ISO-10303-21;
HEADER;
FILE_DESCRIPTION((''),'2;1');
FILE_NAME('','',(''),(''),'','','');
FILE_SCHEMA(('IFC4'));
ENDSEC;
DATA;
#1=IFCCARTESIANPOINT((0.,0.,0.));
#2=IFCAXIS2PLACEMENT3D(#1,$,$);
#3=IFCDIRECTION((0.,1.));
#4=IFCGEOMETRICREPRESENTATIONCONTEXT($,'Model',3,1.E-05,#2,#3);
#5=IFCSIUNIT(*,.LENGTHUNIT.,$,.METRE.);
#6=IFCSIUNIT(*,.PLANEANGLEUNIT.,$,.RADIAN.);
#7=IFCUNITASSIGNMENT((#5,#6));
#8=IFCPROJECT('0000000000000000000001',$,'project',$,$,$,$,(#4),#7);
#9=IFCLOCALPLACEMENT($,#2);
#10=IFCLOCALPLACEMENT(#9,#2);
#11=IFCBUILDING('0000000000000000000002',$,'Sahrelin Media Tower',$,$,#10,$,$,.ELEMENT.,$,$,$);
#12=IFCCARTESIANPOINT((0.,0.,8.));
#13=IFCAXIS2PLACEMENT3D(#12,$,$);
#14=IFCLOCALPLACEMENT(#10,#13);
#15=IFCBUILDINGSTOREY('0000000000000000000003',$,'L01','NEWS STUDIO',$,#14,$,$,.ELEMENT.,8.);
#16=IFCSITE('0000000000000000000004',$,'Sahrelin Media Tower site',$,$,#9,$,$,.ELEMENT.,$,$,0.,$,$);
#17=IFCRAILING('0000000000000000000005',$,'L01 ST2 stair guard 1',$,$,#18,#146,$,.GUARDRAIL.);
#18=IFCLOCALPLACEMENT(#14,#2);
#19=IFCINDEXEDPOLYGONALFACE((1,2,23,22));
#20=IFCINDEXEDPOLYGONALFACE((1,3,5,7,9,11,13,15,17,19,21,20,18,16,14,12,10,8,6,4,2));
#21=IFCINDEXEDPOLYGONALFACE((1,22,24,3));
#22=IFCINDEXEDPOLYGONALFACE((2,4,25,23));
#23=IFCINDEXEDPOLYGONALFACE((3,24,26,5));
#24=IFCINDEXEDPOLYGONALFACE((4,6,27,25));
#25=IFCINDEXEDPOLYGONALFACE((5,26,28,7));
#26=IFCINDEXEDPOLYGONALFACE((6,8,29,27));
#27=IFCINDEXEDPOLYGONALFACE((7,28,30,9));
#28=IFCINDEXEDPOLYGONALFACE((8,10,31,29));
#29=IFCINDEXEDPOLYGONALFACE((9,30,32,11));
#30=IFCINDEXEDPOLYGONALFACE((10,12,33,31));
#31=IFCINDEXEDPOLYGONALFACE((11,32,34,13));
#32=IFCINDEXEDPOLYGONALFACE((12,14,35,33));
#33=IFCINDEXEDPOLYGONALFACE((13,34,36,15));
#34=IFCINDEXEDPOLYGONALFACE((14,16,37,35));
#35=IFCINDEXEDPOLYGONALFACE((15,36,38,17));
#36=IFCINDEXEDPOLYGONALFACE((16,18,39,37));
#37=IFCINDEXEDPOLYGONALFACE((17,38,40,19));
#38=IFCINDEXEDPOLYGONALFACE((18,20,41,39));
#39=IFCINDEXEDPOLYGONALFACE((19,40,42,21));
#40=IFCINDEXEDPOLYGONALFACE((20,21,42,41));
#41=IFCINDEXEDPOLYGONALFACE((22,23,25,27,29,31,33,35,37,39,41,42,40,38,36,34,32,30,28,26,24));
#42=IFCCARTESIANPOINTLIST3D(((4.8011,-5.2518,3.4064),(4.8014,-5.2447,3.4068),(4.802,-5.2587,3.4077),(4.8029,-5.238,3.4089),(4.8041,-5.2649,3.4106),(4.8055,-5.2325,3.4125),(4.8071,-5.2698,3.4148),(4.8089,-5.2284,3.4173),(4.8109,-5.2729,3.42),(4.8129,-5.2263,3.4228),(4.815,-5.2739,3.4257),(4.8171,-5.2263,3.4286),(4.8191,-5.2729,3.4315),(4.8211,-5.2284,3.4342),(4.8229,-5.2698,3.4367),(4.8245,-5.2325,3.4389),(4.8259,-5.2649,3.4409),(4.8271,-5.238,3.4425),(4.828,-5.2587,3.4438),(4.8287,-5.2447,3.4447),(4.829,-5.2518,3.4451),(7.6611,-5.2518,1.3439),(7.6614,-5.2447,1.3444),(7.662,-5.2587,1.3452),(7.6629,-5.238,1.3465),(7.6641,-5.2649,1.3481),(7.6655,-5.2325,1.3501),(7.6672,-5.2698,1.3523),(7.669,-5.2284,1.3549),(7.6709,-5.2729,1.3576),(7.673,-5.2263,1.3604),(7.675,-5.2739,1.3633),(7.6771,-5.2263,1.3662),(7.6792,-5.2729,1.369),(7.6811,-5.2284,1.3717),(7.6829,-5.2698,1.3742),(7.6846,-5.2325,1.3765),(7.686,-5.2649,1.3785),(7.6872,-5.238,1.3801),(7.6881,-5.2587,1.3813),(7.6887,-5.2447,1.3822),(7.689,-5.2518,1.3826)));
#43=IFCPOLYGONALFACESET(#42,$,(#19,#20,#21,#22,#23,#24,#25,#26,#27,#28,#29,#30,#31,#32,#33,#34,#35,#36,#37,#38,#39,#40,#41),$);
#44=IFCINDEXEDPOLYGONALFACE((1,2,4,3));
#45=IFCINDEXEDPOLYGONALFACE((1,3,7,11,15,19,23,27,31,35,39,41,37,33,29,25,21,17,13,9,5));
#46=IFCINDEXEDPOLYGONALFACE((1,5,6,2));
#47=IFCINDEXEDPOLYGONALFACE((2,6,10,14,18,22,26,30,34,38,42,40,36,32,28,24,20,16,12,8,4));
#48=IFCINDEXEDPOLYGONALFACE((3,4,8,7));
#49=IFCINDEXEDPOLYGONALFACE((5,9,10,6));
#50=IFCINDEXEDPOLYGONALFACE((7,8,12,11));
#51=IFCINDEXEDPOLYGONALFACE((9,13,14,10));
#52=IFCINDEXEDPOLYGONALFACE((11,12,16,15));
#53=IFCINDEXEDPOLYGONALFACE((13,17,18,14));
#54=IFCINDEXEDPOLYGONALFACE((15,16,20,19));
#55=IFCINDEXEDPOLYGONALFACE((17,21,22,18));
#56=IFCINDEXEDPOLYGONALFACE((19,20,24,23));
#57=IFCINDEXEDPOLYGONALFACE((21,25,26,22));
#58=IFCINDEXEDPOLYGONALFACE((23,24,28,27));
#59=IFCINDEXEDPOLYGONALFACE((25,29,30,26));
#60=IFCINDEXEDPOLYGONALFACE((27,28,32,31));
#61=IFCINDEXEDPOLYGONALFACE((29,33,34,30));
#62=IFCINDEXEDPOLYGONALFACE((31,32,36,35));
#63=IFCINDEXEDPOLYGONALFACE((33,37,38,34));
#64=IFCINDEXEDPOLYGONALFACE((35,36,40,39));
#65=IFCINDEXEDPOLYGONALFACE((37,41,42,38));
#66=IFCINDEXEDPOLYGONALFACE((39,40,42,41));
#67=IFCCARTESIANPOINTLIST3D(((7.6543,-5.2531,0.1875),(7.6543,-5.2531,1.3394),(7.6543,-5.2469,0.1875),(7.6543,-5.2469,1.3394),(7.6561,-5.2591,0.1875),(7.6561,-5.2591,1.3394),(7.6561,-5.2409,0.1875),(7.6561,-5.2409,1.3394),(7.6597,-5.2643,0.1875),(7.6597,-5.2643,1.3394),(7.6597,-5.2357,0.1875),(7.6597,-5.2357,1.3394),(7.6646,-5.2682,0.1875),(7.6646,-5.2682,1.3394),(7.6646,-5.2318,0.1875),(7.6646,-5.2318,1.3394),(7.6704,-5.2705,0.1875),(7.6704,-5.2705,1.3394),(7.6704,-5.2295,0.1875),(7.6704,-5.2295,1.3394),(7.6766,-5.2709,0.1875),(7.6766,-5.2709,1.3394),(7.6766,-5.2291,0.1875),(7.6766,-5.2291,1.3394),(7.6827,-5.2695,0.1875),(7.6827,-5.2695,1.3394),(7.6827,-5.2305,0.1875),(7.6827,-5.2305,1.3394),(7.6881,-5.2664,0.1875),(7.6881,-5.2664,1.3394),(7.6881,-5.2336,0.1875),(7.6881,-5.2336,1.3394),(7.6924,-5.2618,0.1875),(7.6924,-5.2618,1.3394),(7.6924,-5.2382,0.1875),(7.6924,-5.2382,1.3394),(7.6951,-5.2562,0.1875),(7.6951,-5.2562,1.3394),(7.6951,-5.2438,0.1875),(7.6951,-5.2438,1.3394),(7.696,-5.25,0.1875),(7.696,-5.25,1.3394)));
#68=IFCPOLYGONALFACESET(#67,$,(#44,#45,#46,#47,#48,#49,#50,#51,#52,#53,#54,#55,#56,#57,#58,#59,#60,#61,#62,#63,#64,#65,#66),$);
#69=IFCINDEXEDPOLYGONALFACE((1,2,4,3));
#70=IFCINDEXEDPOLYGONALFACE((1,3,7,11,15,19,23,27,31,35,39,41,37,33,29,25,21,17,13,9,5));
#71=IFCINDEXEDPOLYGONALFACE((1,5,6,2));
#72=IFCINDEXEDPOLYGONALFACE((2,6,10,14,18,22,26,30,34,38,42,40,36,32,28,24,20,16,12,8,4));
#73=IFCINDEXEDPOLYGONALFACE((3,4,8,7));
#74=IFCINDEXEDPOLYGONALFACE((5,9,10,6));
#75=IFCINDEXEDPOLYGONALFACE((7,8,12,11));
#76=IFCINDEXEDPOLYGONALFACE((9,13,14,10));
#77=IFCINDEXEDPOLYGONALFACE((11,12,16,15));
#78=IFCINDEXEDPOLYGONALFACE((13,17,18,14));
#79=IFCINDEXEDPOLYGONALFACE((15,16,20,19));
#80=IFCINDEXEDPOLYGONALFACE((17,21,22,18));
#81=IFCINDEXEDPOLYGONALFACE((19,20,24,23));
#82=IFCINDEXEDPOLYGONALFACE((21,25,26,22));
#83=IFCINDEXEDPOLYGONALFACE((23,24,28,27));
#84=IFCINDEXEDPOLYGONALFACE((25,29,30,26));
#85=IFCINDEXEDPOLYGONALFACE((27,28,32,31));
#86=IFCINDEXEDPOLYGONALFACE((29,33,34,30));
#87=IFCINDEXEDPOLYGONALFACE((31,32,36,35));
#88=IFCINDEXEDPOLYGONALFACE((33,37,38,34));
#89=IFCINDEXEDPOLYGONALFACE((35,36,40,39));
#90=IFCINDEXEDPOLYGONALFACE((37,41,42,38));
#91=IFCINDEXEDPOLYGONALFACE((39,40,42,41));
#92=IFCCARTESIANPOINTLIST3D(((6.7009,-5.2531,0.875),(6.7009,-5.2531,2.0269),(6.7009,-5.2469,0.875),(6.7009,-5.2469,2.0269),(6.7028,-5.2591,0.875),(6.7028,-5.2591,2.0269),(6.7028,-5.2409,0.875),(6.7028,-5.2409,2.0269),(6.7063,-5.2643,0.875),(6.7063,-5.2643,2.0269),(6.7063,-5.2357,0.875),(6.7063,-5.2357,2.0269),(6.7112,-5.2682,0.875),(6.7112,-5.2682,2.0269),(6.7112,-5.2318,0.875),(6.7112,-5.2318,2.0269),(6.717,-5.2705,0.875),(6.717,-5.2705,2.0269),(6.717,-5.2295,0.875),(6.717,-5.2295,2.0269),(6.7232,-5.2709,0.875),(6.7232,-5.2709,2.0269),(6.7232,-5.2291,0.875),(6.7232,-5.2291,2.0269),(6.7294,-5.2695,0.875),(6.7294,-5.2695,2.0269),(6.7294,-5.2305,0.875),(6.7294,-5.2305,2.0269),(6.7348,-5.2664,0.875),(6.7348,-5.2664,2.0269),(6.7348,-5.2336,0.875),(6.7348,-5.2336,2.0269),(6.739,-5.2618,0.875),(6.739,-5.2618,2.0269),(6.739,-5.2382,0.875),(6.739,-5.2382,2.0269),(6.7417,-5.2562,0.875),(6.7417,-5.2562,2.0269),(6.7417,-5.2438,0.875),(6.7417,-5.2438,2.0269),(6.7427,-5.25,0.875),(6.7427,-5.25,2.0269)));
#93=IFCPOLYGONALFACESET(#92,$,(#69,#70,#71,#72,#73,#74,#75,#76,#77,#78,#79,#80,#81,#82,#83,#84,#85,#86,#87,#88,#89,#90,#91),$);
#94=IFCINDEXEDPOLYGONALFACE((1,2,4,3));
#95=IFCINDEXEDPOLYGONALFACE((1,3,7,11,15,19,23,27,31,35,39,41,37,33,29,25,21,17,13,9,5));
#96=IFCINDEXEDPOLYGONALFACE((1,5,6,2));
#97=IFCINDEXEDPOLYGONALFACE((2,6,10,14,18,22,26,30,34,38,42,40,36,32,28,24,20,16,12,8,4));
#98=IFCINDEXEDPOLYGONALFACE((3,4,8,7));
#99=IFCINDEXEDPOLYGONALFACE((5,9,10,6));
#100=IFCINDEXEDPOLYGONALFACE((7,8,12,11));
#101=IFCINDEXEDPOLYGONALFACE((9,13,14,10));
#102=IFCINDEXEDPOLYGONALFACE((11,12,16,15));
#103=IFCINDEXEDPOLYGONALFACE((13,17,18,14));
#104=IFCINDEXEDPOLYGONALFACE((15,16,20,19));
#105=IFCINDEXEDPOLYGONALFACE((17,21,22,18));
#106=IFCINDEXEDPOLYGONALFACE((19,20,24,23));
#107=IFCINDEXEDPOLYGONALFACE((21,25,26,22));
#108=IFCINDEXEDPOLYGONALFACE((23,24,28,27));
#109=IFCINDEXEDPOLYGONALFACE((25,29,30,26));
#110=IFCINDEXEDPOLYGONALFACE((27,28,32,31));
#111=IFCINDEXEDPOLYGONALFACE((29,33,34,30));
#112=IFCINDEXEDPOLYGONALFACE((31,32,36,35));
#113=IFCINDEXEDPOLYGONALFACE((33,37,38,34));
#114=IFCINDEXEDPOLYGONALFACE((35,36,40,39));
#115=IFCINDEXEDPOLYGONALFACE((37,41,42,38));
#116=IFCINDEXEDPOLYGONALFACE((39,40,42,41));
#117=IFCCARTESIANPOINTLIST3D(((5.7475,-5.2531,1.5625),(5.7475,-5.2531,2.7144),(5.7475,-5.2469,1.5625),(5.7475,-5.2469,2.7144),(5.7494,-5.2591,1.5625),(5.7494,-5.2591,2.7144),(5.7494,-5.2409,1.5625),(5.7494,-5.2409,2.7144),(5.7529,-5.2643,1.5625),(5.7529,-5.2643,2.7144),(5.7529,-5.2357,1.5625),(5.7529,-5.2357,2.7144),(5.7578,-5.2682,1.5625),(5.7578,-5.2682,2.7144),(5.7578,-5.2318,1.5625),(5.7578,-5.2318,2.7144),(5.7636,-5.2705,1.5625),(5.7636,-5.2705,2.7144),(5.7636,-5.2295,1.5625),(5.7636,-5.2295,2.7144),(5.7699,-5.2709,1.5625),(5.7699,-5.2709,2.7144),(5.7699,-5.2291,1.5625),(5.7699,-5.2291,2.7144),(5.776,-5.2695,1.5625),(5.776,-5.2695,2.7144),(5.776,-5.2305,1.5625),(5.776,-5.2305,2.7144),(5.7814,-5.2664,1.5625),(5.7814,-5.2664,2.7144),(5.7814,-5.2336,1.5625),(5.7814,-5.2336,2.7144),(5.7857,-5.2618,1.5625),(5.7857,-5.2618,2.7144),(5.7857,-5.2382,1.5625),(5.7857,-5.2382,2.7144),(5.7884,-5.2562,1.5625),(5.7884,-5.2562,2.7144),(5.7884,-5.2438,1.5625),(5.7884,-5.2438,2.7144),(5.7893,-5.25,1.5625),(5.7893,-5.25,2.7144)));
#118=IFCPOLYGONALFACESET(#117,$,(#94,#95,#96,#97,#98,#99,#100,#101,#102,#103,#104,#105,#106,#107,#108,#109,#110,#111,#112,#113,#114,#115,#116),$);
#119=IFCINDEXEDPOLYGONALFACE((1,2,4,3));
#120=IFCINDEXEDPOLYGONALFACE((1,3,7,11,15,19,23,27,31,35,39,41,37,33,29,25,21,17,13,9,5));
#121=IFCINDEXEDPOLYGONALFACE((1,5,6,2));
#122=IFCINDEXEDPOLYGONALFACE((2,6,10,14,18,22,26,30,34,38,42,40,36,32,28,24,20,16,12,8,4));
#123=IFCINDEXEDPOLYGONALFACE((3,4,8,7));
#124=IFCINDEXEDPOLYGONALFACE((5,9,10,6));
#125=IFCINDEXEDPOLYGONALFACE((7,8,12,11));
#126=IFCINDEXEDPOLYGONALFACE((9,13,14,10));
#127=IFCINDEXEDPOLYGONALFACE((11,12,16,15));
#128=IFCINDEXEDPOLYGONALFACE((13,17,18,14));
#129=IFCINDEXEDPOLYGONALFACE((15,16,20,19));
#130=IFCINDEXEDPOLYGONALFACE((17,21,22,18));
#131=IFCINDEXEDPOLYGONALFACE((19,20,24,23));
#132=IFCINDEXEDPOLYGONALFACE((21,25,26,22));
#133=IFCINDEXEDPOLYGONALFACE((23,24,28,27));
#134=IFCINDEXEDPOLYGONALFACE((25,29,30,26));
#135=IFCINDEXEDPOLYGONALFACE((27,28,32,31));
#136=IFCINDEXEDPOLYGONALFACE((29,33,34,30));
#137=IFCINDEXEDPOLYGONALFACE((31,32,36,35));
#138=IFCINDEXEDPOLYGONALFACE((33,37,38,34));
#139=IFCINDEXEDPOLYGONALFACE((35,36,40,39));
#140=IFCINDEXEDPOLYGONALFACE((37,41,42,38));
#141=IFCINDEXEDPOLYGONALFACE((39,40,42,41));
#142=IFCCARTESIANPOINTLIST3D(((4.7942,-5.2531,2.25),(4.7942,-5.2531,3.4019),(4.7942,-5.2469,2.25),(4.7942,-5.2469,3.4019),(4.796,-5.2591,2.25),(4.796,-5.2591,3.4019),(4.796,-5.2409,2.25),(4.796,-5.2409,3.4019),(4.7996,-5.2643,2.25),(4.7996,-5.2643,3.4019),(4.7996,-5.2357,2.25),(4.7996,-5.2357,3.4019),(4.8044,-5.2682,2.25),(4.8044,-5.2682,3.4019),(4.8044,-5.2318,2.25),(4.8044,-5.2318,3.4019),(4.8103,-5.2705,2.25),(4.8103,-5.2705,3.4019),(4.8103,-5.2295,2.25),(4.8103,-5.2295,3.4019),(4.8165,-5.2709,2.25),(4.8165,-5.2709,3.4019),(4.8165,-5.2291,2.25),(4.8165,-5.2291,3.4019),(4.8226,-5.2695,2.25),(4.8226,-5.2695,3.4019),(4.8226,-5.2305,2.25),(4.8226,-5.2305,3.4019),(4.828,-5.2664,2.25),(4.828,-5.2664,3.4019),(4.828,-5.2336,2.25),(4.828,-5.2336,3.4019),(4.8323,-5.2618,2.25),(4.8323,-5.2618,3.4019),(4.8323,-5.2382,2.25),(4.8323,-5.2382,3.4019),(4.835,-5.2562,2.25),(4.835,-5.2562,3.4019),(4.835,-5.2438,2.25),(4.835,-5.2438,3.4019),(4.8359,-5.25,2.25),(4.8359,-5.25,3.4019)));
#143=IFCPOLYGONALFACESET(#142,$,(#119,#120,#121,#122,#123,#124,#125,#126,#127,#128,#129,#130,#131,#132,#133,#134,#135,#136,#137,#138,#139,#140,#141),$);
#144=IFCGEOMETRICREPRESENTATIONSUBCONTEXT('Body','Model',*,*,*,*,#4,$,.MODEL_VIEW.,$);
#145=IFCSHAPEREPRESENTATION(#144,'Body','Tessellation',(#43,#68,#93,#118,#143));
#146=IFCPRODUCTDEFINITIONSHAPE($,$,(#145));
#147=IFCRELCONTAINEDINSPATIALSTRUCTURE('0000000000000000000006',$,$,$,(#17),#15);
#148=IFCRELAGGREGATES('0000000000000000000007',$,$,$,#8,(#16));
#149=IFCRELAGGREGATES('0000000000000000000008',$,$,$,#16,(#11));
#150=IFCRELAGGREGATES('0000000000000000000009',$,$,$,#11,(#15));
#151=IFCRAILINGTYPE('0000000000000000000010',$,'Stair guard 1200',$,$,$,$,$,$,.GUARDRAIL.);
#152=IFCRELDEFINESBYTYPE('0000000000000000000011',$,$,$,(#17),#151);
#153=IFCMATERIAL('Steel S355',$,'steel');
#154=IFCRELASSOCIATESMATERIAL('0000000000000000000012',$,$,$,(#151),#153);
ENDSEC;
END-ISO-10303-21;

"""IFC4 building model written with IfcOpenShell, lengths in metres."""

from ifc_helpers import new_model, si_unit, direction, frame, origin, origin_2d, place, context, subcontext, project, spatial, circle, extrude, material, type_object, element, save


model = new_model("IFC4")

# Units and contexts
model_context = context("Model", 3, precision=1e-05, world=origin(), true_north=direction((0.0, 1.0)))
body_context = subcontext(model_context, "Body", "Model", "MODEL_VIEW")
ifc_project = project(units=[si_unit("LENGTHUNIT", "METRE"), si_unit("PLANEANGLEUNIT", "RADIAN")], contexts=[model_context])

# Site, building, storey
site_placement = place(None, origin())
site = spatial("IfcSite", under=ifc_project, at=site_placement, Name="Sahrelin Media Tower site", CompositionType="ELEMENT", RefElevation=0.0)
building_placement = place(site_placement, origin())
building = spatial("IfcBuilding", under=site, at=building_placement, Name="Sahrelin Media Tower", CompositionType="ELEMENT")
storey_placement = place(building_placement, frame((0.0, 0.0, 8.0)))
storey = spatial("IfcBuildingStorey", under=building, at=storey_placement, Name="L01", Description="NEWS STUDIO", CompositionType="ELEMENT", Elevation=8.0)

# Railing
ifc_material_1 = material(Name="Steel S355", Category="steel")
railing_type_1 = type_object("IfcRailingType", Name="Stair guard 1200", PredefinedType="GUARDRAIL", material=ifc_material_1)
railing_1_placement = place(storey_placement, frame((7.675, -5.25, 0.1875)))
element("IfcRailing", 1, at=railing_1_placement, inside=storey, type_object=railing_type_1, Name="L01 ST2 stair guard 1", PredefinedType="GUARDRAIL", context=body_context, shape_type="SweptSolid", body=[
    extrude(circle(Radius=0.0239, at=origin_2d()), frame((0.0, 0.0, 1.1758), z_axis=(-0.811101, 0.0, 0.584906), x_axis=(0.0, -1.0, 0.0)), (0.0, 0.0, 1.0), 3.5261),
    extrude(circle(Radius=0.021, at=origin_2d()), origin(), (0.0, 0.0, 1.0), 1.1519),
    extrude(circle(Radius=0.021, at=origin_2d()), frame((-0.9534, 0.0, 0.6875)), (0.0, 0.0, 1.0), 1.1519),
    extrude(circle(Radius=0.021, at=origin_2d()), frame((-1.9067, 0.0, 1.375)), (0.0, 0.0, 1.0), 1.1519),
    extrude(circle(Radius=0.021, at=origin_2d()), frame((-2.8601, 0.0, 2.0625)), (0.0, 0.0, 1.0), 1.1519),
])

save(model, "model.ifc")
